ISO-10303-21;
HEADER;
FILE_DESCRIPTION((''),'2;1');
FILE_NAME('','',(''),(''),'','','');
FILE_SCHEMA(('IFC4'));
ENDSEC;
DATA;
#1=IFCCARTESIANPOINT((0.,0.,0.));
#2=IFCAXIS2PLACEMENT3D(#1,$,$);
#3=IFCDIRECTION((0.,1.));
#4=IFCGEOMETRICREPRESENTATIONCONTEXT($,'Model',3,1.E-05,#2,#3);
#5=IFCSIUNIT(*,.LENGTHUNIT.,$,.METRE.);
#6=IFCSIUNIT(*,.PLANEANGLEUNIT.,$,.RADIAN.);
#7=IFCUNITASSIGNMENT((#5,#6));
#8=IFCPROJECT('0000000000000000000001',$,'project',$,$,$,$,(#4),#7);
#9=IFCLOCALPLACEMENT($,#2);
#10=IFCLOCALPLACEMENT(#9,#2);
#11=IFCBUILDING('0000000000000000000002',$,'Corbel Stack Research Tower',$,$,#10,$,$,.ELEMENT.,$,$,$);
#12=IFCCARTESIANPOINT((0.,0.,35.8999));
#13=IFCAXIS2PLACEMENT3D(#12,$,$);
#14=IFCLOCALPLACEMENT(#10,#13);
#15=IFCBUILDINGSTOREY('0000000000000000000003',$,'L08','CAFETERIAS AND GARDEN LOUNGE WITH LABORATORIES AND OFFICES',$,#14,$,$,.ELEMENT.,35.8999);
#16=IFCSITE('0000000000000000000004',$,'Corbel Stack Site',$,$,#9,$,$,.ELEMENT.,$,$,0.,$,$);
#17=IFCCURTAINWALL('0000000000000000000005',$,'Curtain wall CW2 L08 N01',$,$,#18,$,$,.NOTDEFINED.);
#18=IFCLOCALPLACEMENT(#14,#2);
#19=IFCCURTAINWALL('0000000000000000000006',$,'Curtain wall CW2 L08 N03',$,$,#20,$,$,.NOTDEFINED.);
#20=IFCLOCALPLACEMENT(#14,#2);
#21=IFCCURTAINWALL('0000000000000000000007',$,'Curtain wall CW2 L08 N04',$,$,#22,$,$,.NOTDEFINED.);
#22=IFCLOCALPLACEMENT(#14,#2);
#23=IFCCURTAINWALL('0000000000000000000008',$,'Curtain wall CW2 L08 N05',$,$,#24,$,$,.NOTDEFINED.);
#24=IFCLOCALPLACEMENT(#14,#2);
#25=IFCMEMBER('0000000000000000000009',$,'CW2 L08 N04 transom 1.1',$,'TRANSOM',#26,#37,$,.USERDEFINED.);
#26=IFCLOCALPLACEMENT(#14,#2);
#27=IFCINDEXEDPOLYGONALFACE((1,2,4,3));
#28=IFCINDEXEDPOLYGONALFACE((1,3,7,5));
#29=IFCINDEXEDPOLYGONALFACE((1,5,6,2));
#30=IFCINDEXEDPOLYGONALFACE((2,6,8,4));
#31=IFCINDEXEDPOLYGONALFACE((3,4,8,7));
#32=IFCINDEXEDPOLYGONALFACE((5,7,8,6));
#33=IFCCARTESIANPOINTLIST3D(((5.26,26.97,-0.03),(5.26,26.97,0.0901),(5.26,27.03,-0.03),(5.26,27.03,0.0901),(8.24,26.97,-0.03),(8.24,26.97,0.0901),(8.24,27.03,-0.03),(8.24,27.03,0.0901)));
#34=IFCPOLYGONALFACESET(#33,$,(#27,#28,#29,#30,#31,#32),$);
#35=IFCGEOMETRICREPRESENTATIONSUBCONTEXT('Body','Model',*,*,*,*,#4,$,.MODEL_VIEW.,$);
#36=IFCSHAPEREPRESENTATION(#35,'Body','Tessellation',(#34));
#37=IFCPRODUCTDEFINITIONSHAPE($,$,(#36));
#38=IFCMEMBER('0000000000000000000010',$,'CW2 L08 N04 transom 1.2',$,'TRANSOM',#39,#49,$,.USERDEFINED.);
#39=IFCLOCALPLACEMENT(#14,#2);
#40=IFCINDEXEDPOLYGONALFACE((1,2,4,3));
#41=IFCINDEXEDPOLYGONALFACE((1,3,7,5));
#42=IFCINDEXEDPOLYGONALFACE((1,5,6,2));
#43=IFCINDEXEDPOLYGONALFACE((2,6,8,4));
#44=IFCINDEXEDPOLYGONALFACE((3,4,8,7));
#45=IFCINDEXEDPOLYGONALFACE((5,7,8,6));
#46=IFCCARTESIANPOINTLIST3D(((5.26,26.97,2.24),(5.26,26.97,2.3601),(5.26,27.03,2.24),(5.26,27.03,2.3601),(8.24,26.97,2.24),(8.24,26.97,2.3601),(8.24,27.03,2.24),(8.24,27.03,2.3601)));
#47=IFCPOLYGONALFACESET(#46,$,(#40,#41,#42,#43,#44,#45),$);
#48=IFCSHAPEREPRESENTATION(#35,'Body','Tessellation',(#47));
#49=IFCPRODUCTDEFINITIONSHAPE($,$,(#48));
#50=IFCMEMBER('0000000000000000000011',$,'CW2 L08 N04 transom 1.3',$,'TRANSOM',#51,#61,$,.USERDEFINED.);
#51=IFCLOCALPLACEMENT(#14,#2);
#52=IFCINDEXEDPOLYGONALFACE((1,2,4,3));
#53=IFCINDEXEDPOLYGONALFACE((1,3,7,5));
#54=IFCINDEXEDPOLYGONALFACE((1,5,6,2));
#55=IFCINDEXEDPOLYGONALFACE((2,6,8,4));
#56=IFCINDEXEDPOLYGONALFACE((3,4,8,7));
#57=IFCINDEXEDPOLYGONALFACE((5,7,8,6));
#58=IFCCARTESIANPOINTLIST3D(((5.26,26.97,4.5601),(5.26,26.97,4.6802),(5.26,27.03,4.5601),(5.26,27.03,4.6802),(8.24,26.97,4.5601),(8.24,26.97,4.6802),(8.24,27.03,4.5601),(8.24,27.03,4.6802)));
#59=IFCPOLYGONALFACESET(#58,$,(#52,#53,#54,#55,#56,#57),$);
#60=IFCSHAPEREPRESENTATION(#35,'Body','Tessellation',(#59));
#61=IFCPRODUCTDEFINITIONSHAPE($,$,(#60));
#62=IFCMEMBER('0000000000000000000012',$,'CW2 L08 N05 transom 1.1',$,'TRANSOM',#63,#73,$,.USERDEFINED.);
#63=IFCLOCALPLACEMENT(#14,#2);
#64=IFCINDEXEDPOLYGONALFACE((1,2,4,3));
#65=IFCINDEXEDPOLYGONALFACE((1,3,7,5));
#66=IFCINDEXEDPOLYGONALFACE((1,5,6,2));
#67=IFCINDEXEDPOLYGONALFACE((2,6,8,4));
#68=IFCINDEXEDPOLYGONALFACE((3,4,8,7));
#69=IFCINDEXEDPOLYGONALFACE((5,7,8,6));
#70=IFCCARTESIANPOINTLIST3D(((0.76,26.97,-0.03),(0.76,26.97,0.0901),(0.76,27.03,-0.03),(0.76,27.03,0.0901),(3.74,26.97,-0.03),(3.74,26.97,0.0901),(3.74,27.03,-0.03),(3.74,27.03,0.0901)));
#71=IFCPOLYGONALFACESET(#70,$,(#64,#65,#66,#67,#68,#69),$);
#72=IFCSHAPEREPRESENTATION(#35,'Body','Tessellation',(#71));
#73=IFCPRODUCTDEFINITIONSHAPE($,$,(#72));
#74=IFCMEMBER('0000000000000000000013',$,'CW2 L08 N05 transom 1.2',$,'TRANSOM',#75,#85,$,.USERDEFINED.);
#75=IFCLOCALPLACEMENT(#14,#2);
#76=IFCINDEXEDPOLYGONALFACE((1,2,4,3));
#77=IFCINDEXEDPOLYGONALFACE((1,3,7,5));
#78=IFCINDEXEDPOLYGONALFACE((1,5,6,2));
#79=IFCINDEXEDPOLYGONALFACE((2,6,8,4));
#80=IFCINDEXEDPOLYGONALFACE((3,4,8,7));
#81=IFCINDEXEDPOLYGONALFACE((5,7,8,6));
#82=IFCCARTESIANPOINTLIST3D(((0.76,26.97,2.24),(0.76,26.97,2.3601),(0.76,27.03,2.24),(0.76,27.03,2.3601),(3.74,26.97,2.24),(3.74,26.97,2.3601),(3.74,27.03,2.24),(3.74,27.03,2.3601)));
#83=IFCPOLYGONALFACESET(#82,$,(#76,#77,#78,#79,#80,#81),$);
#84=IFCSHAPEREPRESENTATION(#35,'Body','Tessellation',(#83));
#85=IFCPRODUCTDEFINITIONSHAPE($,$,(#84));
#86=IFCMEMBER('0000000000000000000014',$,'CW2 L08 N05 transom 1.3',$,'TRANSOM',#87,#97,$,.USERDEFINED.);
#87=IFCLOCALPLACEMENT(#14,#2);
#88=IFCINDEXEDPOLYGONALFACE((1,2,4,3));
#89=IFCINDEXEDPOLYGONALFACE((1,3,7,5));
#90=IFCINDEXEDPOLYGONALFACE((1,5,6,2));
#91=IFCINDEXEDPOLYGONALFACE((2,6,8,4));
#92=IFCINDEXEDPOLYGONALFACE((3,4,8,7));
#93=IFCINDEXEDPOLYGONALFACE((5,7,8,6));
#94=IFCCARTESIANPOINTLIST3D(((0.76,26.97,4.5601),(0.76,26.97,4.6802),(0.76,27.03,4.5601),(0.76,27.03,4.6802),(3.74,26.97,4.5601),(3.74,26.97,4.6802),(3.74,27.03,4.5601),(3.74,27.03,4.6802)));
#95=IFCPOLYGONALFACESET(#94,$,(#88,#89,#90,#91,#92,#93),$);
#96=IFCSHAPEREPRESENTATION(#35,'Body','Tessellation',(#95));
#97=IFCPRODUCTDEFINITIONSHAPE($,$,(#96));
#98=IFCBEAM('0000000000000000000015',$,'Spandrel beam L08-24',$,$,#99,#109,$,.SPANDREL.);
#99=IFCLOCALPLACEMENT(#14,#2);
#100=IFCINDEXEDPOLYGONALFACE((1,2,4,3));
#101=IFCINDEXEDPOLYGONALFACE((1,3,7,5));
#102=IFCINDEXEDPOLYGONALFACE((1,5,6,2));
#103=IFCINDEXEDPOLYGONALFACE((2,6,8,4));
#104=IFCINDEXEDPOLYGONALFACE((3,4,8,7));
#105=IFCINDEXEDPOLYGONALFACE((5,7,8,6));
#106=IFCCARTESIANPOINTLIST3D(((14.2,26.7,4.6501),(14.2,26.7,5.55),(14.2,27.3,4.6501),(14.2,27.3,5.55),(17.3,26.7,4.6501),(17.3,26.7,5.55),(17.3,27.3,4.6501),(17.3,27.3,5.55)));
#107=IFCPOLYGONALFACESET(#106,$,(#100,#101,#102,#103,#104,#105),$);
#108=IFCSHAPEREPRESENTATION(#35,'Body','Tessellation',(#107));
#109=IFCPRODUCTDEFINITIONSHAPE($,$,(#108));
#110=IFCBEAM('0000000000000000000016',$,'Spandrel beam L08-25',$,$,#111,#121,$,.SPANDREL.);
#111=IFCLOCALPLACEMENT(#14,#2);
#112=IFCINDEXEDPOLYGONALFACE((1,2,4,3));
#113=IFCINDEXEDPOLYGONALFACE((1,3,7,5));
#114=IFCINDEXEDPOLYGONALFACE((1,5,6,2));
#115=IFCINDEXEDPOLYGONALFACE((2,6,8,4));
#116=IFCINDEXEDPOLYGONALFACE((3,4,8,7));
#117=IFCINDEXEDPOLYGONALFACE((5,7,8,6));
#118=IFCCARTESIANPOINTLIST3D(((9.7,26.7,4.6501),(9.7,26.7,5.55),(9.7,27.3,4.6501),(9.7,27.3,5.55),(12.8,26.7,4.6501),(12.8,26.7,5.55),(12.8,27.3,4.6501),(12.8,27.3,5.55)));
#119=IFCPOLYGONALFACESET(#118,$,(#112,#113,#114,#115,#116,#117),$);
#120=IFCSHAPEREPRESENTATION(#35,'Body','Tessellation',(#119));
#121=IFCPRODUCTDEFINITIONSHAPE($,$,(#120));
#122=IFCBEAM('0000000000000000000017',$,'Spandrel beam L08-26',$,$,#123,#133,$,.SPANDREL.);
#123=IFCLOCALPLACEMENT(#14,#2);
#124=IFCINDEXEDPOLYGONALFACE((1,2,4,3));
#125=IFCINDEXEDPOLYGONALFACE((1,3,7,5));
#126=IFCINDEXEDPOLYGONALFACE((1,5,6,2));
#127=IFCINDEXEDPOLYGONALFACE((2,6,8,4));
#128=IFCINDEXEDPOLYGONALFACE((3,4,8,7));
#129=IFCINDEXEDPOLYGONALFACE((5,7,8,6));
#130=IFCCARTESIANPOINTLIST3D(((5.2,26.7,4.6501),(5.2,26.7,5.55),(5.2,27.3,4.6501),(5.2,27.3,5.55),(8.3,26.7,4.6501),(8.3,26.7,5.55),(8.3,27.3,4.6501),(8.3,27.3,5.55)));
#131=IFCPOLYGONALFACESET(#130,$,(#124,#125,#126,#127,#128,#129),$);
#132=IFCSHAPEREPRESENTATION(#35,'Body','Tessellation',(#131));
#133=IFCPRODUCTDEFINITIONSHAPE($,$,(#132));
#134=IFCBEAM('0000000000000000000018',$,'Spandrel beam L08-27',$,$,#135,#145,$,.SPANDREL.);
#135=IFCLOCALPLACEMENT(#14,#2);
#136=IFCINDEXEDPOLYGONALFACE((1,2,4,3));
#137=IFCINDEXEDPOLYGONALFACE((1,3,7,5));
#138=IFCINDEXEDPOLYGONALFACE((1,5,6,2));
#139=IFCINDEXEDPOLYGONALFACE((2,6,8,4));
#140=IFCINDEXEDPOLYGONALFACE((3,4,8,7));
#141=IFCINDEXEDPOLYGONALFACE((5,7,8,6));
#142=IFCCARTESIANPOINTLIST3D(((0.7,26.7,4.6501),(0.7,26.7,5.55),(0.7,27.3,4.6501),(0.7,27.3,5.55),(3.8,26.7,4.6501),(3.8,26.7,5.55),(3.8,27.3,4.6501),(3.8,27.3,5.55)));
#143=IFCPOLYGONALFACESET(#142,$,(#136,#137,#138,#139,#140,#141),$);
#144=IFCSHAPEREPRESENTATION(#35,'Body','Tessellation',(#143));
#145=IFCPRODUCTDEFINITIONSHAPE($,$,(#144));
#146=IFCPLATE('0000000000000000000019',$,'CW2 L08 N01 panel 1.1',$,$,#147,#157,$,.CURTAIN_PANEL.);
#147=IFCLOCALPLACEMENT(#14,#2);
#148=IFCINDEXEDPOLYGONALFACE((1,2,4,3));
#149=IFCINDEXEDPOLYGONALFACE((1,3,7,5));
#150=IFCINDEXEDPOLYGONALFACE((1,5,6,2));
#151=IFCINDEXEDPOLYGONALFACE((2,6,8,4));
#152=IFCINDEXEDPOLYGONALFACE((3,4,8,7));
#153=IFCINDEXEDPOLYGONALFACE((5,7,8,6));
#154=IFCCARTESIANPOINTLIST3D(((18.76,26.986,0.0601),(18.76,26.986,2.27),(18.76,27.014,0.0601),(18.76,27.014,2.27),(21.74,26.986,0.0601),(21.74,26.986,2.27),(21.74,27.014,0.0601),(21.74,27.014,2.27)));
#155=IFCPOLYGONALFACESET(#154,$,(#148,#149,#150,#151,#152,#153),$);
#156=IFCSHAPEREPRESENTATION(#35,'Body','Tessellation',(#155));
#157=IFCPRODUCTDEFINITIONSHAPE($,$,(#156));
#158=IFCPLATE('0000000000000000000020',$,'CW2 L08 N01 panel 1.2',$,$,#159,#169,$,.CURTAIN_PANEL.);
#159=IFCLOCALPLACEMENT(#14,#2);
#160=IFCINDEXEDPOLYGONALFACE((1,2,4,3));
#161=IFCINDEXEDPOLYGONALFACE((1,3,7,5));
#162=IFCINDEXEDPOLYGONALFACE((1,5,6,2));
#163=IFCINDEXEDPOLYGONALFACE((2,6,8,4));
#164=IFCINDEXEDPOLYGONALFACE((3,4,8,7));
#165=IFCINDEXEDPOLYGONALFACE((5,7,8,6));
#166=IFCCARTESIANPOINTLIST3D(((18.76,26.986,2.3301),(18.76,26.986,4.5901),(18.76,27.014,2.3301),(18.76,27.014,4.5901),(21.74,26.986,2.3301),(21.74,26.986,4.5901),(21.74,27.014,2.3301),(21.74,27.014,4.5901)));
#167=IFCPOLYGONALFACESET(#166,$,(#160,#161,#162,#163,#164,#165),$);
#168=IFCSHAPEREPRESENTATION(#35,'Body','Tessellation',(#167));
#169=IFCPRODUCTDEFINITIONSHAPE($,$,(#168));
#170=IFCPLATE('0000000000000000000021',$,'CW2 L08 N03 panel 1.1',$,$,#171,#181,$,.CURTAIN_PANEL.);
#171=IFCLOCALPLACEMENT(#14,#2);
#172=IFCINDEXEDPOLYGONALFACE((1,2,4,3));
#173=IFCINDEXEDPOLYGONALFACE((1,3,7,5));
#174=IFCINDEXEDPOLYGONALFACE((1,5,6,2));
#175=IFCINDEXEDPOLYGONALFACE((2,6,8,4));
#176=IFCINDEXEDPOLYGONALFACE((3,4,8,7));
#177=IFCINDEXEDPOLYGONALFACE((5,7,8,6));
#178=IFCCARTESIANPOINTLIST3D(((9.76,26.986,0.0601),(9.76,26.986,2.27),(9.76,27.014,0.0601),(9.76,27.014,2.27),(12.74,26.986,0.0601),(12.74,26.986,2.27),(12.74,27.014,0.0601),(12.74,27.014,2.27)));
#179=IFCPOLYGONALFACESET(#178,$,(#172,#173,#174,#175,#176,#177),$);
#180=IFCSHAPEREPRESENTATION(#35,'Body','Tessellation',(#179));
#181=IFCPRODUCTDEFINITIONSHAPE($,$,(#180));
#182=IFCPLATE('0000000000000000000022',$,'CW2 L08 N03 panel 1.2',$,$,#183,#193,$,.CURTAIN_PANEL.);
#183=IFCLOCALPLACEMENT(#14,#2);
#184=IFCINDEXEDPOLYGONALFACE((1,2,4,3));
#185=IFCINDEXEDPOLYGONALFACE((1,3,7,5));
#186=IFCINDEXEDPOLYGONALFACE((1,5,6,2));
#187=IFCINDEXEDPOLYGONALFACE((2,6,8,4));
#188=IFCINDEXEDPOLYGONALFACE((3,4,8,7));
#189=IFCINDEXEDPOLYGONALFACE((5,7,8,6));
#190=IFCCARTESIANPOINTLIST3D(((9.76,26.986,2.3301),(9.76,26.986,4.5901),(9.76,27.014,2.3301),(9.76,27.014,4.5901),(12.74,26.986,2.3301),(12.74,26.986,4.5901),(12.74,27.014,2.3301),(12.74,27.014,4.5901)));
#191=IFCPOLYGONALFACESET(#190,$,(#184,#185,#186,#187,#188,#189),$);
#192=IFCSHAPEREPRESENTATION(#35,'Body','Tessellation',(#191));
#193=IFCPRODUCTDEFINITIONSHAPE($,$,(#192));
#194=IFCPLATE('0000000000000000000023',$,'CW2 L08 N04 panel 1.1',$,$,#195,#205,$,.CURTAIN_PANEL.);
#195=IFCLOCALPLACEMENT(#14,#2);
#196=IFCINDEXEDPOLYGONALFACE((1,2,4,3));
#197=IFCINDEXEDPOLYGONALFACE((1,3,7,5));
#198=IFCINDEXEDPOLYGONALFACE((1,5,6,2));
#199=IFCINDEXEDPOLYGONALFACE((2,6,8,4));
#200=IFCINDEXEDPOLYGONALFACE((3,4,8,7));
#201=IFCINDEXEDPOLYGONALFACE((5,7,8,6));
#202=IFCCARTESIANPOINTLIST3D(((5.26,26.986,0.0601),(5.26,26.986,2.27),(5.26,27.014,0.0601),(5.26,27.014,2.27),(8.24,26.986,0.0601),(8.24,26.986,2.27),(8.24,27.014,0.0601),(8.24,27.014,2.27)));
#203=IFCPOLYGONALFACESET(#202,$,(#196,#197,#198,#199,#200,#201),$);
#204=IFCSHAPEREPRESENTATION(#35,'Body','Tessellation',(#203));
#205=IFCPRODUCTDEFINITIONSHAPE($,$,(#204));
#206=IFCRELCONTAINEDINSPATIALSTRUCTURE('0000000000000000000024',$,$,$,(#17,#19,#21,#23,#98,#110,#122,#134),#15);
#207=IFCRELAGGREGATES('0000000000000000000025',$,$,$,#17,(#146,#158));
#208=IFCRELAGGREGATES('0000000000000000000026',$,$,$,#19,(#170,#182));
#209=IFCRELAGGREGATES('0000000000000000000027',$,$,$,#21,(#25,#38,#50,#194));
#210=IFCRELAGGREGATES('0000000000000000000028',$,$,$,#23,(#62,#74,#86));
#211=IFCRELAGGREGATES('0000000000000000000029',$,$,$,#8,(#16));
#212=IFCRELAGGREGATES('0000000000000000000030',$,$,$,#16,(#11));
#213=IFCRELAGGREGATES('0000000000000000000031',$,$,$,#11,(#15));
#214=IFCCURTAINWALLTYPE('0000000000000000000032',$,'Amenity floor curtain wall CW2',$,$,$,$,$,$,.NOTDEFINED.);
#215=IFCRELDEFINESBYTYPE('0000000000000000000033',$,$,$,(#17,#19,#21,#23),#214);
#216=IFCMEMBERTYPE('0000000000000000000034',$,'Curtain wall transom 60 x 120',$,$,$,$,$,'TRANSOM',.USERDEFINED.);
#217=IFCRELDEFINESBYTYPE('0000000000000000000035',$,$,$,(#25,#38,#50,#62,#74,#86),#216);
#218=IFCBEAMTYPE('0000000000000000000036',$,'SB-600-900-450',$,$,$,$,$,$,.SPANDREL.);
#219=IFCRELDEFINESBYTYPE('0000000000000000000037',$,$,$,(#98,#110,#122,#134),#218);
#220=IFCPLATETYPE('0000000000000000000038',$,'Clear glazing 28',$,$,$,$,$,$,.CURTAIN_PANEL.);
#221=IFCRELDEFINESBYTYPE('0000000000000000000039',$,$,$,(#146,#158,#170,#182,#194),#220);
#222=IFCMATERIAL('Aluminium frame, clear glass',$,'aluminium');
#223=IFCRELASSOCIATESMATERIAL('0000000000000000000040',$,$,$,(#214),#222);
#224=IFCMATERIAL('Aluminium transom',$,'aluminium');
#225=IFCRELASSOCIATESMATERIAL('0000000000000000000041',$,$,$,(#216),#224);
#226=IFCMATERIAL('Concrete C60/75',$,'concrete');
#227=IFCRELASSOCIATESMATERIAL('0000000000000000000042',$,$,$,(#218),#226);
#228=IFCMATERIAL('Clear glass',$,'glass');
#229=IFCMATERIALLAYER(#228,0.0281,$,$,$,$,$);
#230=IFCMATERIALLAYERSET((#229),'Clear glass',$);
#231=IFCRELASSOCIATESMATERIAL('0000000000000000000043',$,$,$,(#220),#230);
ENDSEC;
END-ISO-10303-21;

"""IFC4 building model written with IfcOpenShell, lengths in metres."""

from ifc_helpers import new_model, si_unit, direction, frame, origin, origin_2d, place, context, subcontext, project, spatial, rectangle, extrude, material, layer, layer_set, material_profile, profile_set, type_object, element, aggregate, save


model = new_model("IFC4")

# Units and contexts
model_context = context("Model", 3, precision=1e-05, world=origin(), true_north=direction((0.0, 1.0)))
body_context = subcontext(model_context, "Body", "Model", "MODEL_VIEW")
ifc_project = project(units=[si_unit("LENGTHUNIT", "METRE"), si_unit("PLANEANGLEUNIT", "RADIAN")], contexts=[model_context])

# Site, building, storey
site_placement = place(None, origin())
site = spatial("IfcSite", under=ifc_project, at=site_placement, Name="Corbel Stack Site", CompositionType="ELEMENT", RefElevation=0.0)
building_placement = place(site_placement, origin())
building = spatial("IfcBuilding", under=site, at=building_placement, Name="Corbel Stack Research Tower", CompositionType="ELEMENT")
storey_placement = place(building_placement, frame((0.0, 0.0, 35.8999)))
storey = spatial("IfcBuildingStorey", under=building, at=storey_placement, Name="L08", Description="CAFETERIAS AND GARDEN LOUNGE WITH LABORATORIES AND OFFICES", CompositionType="ELEMENT", Elevation=35.8999)

# Curtain wall
ifc_material_1 = material(Name="Aluminium frame, clear glass", Category="aluminium")
curtain_wall_type = type_object("IfcCurtainWallType", Name="Amenity floor curtain wall CW2", PredefinedType="NOTDEFINED", material=ifc_material_1)
curtain_wall_1_placement = place(storey_placement, origin())
curtain_wall_1 = element("IfcCurtainWall", 1, at=curtain_wall_1_placement, inside=storey, type_object=curtain_wall_type, Name="Curtain wall CW2 L08 N01", PredefinedType="NOTDEFINED")

# Curtain walls
curtain_wall_2_placement = place(storey_placement, origin())
curtain_wall_2 = element("IfcCurtainWall", 2, at=curtain_wall_2_placement, inside=storey, type_object=curtain_wall_type, Name="Curtain wall CW2 L08 N03", PredefinedType="NOTDEFINED")
curtain_wall_3_placement = place(storey_placement, origin())
curtain_wall_3 = element("IfcCurtainWall", 3, at=curtain_wall_3_placement, inside=storey, type_object=curtain_wall_type, Name="Curtain wall CW2 L08 N04", PredefinedType="NOTDEFINED")
curtain_wall_4_placement = place(storey_placement, origin())
curtain_wall_4 = element("IfcCurtainWall", 4, at=curtain_wall_4_placement, inside=storey, type_object=curtain_wall_type, Name="Curtain wall CW2 L08 N05", PredefinedType="NOTDEFINED")

# Members
ifc_material_2 = material(Name="Aluminium transom", Category="aluminium")
ifc_material_profile_1 = material_profile(ifc_material_2, rectangle(XDim=0.0601, YDim=0.1201, at=origin_2d()), Name="Transom 60 x 120")
ifc_profile_set_1 = profile_set([ifc_material_profile_1], Name="Aluminium transom")
member_type_1 = type_object("IfcMemberType", Name="Curtain wall transom 60 x 120", ElementType="TRANSOM", PredefinedType="USERDEFINED", material=ifc_profile_set_1)
member_1_placement = place(storey_placement, frame((8.24, 27.0, 0.03), z_axis=(-1.0, 0.0, 0.0), x_axis=(0.0, -1.0, 0.0)))
member_1 = element("IfcMember", 5, at=member_1_placement, type_object=member_type_1, Name="CW2 L08 N04 transom 1.1", ObjectType="TRANSOM", PredefinedType="USERDEFINED", context=body_context, shape_type="SweptSolid", body=[
    extrude(rectangle(XDim=0.0601, YDim=0.1201, at=origin_2d()), origin(), (0.0, 0.0, 1.0), 2.98),
])
member_2_placement = place(storey_placement, frame((8.24, 27.0, 2.3), z_axis=(-1.0, 0.0, 0.0), x_axis=(0.0, -1.0, 0.0)))
member_2 = element("IfcMember", 6, at=member_2_placement, type_object=member_type_1, Name="CW2 L08 N04 transom 1.2", ObjectType="TRANSOM", PredefinedType="USERDEFINED", context=body_context, shape_type="SweptSolid", body=[
    extrude(rectangle(XDim=0.0601, YDim=0.1201, at=origin_2d()), origin(), (0.0, 0.0, 1.0), 2.98),
])
member_3_placement = place(storey_placement, frame((8.24, 27.0, 4.6201), z_axis=(-1.0, 0.0, 0.0), x_axis=(0.0, -1.0, 0.0)))
member_3 = element("IfcMember", 7, at=member_3_placement, type_object=member_type_1, Name="CW2 L08 N04 transom 1.3", ObjectType="TRANSOM", PredefinedType="USERDEFINED", context=body_context, shape_type="SweptSolid", body=[
    extrude(rectangle(XDim=0.0601, YDim=0.1201, at=origin_2d()), origin(), (0.0, 0.0, 1.0), 2.98),
])
member_4_placement = place(storey_placement, frame((3.74, 27.0, 0.03), z_axis=(-1.0, 0.0, 0.0), x_axis=(0.0, -1.0, 0.0)))
member_4 = element("IfcMember", 8, at=member_4_placement, type_object=member_type_1, Name="CW2 L08 N05 transom 1.1", ObjectType="TRANSOM", PredefinedType="USERDEFINED", context=body_context, shape_type="SweptSolid", body=[
    extrude(rectangle(XDim=0.0601, YDim=0.1201, at=origin_2d()), origin(), (0.0, 0.0, 1.0), 2.98),
])
member_5_placement = place(storey_placement, frame((3.74, 27.0, 2.3), z_axis=(-1.0, 0.0, 0.0), x_axis=(0.0, -1.0, 0.0)))
member_5 = element("IfcMember", 9, at=member_5_placement, type_object=member_type_1, Name="CW2 L08 N05 transom 1.2", ObjectType="TRANSOM", PredefinedType="USERDEFINED", context=body_context, shape_type="SweptSolid", body=[
    extrude(rectangle(XDim=0.0601, YDim=0.1201, at=origin_2d()), origin(), (0.0, 0.0, 1.0), 2.98),
])
member_6_placement = place(storey_placement, frame((3.74, 27.0, 4.6201), z_axis=(-1.0, 0.0, 0.0), x_axis=(0.0, -1.0, 0.0)))
member_6 = element("IfcMember", 10, at=member_6_placement, type_object=member_type_1, Name="CW2 L08 N05 transom 1.3", ObjectType="TRANSOM", PredefinedType="USERDEFINED", context=body_context, shape_type="SweptSolid", body=[
    extrude(rectangle(XDim=0.0601, YDim=0.1201, at=origin_2d()), origin(), (0.0, 0.0, 1.0), 2.98),
])

# Beams
ifc_material_3 = material(Name="Concrete C60/75", Category="concrete")
ifc_material_profile_2 = material_profile(ifc_material_3, rectangle(XDim=0.6001, YDim=0.8999, at=origin_2d()), Name="RC 600 x 900")
ifc_profile_set_2 = profile_set([ifc_material_profile_2], Name="Concrete C60/75")
beam_type = type_object("IfcBeamType", Name="SB-600-900-450", PredefinedType="SPANDREL", material=ifc_profile_set_2)
for number, where, z_axis, x_axis, name in (
    (11, (17.3, 27.0, 5.1001), (-1.0, 0.0, 0.0), (0.0, -1.0, 0.0), "Spandrel beam L08-24"),
    (12, (12.8, 27.0, 5.1001), (-1.0, 0.0, 0.0), (0.0, -1.0, 0.0), "Spandrel beam L08-25"),
    (13, (8.3, 27.0, 5.1001), (-1.0, 0.0, 0.0), (0.0, -1.0, 0.0), "Spandrel beam L08-26"),
    (14, (3.8, 27.0, 5.1001), (-1.0, 0.0, 0.0), (0.0, -1.0, 0.0), "Spandrel beam L08-27"),
):
    element("IfcBeam", number, at=place(storey_placement, frame(where, z_axis=z_axis, x_axis=x_axis)), inside=storey, type_object=beam_type, Name=name, PredefinedType="SPANDREL", context=body_context, shape_type="SweptSolid", body=[
        extrude(rectangle(XDim=0.6001, YDim=0.8999, at=origin_2d()), origin(), (0.0, 0.0, 1.0), 3.1001),
    ])

# Plates
ifc_material_4 = material(Name="Clear glass", Category="glass")
ifc_layer_1 = layer(ifc_material_4, 0.0281)
ifc_layer_set_1 = layer_set([ifc_layer_1], Name="Clear glass")
plate_type = type_object("IfcPlateType", Name="Clear glazing 28", PredefinedType="CURTAIN_PANEL", material=ifc_layer_set_1)
plate_1_placement = place(storey_placement, frame((20.25, 27.0, 0.0601), z_axis=(0.0, 0.0, 1.0), x_axis=(-1.0, 0.0, 0.0)))
plate_1 = element("IfcPlate", 15, at=plate_1_placement, type_object=plate_type, Name="CW2 L08 N01 panel 1.1", PredefinedType="CURTAIN_PANEL", context=body_context, shape_type="SweptSolid", body=[
    extrude(rectangle(XDim=2.98, YDim=0.0281, at=origin_2d()), origin(), (0.0, 0.0, 1.0), 2.21),
])
plate_2_placement = place(storey_placement, frame((20.25, 27.0, 2.3301), z_axis=(0.0, 0.0, 1.0), x_axis=(-1.0, 0.0, 0.0)))
plate_2 = element("IfcPlate", 16, at=plate_2_placement, type_object=plate_type, Name="CW2 L08 N01 panel 1.2", PredefinedType="CURTAIN_PANEL", context=body_context, shape_type="SweptSolid", body=[
    extrude(rectangle(XDim=2.98, YDim=0.0281, at=origin_2d()), origin(), (0.0, 0.0, 1.0), 2.26),
])
aggregate(curtain_wall_1, [plate_1, plate_2])
plate_3_placement = place(storey_placement, frame((11.25, 27.0, 0.0601), z_axis=(0.0, 0.0, 1.0), x_axis=(-1.0, 0.0, 0.0)))
plate_3 = element("IfcPlate", 17, at=plate_3_placement, type_object=plate_type, Name="CW2 L08 N03 panel 1.1", PredefinedType="CURTAIN_PANEL", context=body_context, shape_type="SweptSolid", body=[
    extrude(rectangle(XDim=2.98, YDim=0.0281, at=origin_2d()), origin(), (0.0, 0.0, 1.0), 2.21),
])
plate_4_placement = place(storey_placement, frame((11.25, 27.0, 2.3301), z_axis=(0.0, 0.0, 1.0), x_axis=(-1.0, 0.0, 0.0)))
plate_4 = element("IfcPlate", 18, at=plate_4_placement, type_object=plate_type, Name="CW2 L08 N03 panel 1.2", PredefinedType="CURTAIN_PANEL", context=body_context, shape_type="SweptSolid", body=[
    extrude(rectangle(XDim=2.98, YDim=0.0281, at=origin_2d()), origin(), (0.0, 0.0, 1.0), 2.26),
])
aggregate(curtain_wall_2, [plate_3, plate_4])
plate_5_placement = place(storey_placement, frame((6.75, 27.0, 0.0601), z_axis=(0.0, 0.0, 1.0), x_axis=(-1.0, 0.0, 0.0)))
plate_5 = element("IfcPlate", 19, at=plate_5_placement, type_object=plate_type, Name="CW2 L08 N04 panel 1.1", PredefinedType="CURTAIN_PANEL", context=body_context, shape_type="SweptSolid", body=[
    extrude(rectangle(XDim=2.98, YDim=0.0281, at=origin_2d()), origin(), (0.0, 0.0, 1.0), 2.21),
])
aggregate(curtain_wall_3, [member_1, member_2, member_3, plate_5])
aggregate(curtain_wall_4, [member_4, member_5, member_6])

save(model, "model.ifc")
